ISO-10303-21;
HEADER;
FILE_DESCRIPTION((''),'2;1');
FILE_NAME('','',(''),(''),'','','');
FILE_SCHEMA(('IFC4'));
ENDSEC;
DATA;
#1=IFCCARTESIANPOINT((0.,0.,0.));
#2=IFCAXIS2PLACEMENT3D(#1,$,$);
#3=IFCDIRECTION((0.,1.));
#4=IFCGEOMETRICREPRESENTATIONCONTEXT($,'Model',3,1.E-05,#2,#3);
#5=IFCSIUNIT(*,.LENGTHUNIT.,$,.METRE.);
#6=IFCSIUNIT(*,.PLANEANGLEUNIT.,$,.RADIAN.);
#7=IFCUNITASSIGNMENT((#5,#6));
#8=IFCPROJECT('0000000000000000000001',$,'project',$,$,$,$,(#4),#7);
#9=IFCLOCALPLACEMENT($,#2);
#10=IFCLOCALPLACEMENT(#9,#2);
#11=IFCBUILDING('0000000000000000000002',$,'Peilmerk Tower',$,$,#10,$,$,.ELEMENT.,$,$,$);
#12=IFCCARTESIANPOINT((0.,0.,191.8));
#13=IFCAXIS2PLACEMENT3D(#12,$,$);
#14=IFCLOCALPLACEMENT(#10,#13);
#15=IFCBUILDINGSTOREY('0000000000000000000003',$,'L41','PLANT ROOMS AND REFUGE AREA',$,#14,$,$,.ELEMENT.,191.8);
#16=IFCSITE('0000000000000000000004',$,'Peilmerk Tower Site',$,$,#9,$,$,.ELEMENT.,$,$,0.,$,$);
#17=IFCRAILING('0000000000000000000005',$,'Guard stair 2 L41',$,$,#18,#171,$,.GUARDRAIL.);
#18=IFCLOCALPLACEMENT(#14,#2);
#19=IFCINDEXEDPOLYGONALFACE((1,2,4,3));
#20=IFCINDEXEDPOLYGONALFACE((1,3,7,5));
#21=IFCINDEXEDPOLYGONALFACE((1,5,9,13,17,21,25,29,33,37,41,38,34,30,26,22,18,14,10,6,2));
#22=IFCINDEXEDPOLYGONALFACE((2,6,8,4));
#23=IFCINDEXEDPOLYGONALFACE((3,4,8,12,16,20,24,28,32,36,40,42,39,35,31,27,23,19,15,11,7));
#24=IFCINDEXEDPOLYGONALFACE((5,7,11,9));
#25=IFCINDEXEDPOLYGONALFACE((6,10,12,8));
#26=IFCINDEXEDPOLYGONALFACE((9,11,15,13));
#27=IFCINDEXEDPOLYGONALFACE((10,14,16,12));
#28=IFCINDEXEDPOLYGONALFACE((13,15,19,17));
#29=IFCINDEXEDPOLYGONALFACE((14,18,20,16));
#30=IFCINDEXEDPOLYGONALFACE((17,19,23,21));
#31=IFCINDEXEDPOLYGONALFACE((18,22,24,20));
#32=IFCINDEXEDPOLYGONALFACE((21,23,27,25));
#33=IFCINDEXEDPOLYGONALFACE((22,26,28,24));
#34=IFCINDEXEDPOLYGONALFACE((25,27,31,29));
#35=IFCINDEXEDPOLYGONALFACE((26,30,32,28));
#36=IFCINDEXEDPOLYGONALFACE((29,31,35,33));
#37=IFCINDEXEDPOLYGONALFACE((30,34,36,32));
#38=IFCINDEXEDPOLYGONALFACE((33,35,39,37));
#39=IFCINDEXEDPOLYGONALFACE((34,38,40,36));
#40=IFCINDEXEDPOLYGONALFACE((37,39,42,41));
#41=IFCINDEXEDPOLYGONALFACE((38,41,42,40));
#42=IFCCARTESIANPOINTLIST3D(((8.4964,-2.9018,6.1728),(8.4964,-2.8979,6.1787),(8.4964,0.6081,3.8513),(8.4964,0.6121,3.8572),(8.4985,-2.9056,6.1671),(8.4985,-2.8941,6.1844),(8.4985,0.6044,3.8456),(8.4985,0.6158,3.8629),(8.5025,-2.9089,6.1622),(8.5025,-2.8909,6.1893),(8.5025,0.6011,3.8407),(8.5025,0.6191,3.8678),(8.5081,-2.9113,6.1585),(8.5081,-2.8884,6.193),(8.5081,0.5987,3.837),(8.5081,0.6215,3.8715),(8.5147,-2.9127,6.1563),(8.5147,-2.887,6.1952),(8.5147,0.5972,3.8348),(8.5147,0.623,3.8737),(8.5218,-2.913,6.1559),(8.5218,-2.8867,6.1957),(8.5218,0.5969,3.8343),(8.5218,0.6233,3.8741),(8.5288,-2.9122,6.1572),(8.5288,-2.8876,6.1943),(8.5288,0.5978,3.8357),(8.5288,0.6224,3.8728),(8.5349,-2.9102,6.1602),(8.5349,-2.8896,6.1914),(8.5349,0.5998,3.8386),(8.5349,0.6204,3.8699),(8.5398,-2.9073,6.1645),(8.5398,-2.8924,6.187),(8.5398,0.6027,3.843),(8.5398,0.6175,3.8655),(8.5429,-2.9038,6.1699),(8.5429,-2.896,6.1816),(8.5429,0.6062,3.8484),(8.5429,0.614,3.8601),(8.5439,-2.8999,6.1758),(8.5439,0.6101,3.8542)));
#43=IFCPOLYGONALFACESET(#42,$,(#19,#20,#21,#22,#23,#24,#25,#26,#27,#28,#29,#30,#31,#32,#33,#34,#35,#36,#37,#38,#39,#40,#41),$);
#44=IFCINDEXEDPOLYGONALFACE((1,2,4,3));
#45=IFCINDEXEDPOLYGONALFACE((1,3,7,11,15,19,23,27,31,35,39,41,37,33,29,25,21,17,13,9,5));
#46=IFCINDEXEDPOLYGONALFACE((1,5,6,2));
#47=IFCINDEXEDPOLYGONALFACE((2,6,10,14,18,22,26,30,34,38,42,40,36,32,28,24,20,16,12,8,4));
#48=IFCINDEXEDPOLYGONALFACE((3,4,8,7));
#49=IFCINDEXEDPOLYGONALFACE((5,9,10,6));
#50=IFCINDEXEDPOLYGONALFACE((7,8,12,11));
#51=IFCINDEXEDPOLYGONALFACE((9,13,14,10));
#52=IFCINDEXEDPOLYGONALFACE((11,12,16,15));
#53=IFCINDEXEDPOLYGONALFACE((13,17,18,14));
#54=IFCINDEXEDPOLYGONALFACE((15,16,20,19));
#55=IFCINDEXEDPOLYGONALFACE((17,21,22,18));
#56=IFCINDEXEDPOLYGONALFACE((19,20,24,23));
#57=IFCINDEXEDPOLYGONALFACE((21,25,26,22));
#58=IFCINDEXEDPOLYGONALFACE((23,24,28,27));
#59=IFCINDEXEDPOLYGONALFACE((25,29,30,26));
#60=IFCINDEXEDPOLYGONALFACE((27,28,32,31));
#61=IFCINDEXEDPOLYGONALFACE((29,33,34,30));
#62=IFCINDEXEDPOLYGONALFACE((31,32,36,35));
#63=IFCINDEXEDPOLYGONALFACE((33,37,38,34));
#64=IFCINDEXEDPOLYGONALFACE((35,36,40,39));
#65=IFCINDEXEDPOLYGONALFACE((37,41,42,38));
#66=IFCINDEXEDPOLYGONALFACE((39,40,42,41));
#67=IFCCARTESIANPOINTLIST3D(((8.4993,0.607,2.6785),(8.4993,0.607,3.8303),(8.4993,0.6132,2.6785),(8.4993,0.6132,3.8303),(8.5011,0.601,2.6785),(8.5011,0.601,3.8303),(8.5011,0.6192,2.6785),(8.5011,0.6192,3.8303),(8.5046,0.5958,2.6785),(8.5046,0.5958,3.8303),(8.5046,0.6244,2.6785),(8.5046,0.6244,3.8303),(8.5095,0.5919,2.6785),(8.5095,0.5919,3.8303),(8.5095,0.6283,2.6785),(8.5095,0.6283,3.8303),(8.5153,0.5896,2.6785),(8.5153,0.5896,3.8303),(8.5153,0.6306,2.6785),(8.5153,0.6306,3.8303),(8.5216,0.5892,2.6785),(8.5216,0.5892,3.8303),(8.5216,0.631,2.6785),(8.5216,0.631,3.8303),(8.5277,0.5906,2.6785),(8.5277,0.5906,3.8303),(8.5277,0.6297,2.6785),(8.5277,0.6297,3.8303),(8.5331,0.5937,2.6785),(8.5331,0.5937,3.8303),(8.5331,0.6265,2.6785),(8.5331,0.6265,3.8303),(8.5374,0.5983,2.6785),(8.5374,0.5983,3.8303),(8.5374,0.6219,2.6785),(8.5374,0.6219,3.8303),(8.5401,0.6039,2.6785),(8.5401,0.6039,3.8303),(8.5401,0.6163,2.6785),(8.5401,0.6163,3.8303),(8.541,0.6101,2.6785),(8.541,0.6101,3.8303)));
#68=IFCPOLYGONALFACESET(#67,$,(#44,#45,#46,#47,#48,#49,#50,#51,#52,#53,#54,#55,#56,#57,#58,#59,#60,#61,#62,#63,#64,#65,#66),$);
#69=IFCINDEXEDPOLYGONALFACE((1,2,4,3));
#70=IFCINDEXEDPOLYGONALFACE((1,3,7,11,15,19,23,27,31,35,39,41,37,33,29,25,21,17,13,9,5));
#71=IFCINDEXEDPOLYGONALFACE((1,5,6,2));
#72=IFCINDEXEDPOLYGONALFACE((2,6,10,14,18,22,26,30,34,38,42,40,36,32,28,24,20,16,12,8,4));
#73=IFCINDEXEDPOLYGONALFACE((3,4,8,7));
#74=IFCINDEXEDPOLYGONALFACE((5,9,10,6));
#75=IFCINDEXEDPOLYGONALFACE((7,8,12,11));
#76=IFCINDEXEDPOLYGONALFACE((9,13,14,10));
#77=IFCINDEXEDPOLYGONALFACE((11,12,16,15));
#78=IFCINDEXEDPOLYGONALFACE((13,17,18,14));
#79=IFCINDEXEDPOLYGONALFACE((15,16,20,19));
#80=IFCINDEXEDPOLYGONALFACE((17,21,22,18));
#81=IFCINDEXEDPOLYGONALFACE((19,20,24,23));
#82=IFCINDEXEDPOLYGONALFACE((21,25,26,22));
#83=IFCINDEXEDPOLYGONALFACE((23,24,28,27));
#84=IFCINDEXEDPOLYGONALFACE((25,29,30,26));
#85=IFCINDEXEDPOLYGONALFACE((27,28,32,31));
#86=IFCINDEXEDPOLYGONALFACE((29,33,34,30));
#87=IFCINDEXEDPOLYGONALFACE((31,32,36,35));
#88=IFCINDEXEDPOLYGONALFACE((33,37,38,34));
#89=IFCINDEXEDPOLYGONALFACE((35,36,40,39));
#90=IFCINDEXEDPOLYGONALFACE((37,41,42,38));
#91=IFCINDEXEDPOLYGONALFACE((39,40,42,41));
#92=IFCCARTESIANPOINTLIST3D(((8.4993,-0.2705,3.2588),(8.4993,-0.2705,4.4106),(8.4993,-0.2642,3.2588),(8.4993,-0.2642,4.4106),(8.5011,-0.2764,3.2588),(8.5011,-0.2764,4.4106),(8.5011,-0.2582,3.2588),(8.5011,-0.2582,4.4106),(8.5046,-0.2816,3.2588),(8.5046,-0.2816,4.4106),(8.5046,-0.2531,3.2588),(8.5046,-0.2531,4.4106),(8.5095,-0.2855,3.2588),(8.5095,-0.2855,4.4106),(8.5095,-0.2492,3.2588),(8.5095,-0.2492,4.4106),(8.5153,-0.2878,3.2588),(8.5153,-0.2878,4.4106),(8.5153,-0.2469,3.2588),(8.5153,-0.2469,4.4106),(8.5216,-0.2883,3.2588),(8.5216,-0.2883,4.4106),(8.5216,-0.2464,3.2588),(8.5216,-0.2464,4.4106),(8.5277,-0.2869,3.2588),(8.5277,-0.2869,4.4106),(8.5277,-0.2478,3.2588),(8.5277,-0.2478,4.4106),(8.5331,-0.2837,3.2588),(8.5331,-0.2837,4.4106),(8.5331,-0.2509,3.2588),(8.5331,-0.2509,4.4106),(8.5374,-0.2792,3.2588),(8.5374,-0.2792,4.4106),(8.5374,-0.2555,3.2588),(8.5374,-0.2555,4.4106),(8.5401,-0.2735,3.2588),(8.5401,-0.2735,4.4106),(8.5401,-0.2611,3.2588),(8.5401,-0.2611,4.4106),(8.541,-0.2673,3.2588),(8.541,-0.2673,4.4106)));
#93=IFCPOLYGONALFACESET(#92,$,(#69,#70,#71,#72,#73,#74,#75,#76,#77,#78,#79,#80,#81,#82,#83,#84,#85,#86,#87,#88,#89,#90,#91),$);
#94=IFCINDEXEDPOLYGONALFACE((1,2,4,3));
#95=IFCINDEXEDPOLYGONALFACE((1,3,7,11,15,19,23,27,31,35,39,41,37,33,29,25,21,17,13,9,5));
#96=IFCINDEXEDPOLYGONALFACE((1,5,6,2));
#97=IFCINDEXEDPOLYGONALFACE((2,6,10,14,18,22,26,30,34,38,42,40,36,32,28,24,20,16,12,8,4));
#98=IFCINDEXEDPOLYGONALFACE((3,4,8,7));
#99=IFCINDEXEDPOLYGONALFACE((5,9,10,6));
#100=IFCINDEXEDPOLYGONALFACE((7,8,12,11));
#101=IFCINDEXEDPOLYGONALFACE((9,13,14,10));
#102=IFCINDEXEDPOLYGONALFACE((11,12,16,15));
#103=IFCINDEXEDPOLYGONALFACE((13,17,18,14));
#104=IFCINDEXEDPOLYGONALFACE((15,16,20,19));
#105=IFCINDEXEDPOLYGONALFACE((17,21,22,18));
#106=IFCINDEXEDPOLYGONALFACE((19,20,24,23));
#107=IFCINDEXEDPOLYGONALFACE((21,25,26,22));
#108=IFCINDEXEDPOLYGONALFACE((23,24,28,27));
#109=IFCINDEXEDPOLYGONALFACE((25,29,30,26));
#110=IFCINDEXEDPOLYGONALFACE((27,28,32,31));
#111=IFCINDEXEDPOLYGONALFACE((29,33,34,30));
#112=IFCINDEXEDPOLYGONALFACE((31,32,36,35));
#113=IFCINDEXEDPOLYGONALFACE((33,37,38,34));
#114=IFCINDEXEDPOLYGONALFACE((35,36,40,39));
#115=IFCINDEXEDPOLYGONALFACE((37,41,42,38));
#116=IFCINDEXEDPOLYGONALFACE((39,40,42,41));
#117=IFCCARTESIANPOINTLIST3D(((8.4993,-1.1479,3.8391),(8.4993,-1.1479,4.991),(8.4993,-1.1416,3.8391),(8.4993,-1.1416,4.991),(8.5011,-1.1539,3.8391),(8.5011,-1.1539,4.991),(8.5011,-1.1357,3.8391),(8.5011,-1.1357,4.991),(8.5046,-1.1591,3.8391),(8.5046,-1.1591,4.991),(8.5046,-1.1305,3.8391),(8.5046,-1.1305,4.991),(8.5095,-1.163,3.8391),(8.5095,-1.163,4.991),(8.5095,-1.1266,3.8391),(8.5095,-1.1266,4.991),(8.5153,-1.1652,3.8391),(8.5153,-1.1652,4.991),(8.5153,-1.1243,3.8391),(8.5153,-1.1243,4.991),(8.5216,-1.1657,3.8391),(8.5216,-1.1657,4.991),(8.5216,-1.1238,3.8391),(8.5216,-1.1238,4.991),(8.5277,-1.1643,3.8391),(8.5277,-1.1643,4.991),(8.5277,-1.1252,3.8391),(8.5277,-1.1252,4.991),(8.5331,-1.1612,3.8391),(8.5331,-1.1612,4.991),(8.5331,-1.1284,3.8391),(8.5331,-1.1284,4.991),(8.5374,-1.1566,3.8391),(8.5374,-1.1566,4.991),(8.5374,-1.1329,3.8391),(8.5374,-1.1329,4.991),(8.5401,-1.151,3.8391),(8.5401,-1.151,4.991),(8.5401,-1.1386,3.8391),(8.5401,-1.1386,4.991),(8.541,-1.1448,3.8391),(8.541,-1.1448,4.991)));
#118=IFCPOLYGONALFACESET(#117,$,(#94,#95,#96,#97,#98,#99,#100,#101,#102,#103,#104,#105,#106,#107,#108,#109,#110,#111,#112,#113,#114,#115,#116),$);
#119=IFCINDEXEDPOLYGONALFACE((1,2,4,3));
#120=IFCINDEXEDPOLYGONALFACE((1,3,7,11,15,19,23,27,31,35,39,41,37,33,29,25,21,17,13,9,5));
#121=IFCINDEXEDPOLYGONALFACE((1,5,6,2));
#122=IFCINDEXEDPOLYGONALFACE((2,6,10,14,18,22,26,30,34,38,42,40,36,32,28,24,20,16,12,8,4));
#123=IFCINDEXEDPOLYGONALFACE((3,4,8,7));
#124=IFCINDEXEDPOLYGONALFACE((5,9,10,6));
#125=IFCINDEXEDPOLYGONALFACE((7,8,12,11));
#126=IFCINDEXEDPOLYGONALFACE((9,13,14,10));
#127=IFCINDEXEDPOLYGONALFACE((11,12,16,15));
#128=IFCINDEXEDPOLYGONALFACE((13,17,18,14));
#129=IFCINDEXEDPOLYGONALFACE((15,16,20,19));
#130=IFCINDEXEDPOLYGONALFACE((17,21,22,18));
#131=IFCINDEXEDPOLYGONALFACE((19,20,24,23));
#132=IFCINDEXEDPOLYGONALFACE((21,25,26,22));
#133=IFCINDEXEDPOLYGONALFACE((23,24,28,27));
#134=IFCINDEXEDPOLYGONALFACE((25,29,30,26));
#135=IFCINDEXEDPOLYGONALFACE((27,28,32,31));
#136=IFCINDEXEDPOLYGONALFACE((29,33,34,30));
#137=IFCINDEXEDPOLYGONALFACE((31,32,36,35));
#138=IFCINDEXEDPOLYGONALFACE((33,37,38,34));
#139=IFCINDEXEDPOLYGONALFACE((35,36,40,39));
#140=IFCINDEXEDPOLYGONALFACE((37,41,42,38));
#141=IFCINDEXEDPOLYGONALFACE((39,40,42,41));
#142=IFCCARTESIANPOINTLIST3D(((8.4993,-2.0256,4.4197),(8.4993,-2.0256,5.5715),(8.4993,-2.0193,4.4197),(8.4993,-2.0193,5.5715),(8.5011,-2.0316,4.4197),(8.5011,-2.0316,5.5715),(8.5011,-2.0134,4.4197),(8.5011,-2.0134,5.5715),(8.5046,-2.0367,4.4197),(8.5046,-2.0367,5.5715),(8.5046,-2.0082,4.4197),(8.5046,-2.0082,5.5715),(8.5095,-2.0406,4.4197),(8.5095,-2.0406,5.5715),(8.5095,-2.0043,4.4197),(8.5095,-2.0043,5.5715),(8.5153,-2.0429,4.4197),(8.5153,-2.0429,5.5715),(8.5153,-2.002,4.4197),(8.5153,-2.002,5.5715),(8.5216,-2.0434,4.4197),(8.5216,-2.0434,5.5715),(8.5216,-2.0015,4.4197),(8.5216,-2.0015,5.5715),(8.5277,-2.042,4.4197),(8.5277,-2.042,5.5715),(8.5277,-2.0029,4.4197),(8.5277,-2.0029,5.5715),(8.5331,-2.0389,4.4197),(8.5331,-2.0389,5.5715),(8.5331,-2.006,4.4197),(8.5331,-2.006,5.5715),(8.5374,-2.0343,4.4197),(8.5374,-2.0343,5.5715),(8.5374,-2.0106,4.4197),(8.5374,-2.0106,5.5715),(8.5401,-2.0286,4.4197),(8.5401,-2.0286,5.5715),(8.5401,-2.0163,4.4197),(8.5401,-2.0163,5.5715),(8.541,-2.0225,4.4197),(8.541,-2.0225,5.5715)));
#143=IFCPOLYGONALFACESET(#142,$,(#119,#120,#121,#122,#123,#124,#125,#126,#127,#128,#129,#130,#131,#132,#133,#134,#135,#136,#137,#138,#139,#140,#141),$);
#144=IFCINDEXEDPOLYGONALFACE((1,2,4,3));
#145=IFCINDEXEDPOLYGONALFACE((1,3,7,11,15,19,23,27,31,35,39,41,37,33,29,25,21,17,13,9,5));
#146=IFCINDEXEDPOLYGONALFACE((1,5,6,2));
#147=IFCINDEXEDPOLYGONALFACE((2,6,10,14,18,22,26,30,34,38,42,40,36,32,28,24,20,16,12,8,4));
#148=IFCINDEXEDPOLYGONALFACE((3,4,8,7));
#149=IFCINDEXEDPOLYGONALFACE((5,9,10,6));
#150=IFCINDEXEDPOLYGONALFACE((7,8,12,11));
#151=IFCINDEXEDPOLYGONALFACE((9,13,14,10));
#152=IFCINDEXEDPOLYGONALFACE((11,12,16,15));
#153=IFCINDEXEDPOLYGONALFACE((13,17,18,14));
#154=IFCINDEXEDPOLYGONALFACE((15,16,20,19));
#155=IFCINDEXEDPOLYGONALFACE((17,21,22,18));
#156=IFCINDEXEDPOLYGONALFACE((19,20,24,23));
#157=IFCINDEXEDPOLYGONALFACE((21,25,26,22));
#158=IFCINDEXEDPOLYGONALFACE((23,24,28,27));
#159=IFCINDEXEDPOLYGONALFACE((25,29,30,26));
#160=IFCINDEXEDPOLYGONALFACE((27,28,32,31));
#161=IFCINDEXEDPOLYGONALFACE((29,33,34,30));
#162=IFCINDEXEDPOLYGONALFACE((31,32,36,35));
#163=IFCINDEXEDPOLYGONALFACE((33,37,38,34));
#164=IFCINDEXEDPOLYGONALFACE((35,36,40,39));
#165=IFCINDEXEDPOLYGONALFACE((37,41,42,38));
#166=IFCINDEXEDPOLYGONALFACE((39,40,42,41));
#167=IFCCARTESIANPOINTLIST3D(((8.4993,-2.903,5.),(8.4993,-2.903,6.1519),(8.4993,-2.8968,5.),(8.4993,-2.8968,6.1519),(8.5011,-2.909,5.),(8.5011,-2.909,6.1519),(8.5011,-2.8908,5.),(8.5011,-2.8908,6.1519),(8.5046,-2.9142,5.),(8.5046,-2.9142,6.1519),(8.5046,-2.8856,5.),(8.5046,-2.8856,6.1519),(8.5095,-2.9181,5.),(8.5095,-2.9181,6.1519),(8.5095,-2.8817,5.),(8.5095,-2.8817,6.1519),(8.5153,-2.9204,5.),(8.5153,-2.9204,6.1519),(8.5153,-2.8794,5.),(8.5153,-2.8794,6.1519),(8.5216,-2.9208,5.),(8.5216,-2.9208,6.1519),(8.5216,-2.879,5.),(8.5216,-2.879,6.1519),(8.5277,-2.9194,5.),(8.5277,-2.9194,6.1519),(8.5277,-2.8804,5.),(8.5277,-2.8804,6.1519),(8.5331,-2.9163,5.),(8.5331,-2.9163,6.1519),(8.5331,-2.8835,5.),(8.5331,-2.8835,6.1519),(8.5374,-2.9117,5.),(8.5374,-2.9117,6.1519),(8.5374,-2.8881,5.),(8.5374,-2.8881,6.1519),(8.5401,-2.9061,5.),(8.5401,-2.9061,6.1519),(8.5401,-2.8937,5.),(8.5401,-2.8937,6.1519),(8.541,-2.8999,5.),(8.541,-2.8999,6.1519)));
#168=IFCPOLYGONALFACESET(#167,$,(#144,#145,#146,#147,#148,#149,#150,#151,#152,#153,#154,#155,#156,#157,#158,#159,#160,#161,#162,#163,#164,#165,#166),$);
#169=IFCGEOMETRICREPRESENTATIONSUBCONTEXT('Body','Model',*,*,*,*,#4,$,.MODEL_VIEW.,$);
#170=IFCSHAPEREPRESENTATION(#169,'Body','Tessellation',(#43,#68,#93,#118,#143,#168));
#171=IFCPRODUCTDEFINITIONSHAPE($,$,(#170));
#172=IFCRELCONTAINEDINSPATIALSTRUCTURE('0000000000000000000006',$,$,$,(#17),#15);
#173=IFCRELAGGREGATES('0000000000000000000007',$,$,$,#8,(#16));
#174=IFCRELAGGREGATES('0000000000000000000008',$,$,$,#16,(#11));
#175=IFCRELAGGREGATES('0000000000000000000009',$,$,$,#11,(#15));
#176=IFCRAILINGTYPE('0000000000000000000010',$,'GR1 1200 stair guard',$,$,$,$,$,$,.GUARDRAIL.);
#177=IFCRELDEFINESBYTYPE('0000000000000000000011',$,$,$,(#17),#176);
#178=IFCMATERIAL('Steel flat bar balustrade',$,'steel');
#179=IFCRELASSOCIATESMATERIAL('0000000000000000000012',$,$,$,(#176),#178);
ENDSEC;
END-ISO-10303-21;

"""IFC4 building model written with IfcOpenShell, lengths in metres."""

from ifc_helpers import new_model, si_unit, direction, frame, origin, origin_2d, place, context, subcontext, project, spatial, circle, extrude, material, type_object, element, save


model = new_model("IFC4")

# Units and contexts
model_context = context("Model", 3, precision=1e-05, world=origin(), true_north=direction((0.0, 1.0)))
body_context = subcontext(model_context, "Body", "Model", "MODEL_VIEW")
ifc_project = project(units=[si_unit("LENGTHUNIT", "METRE"), si_unit("PLANEANGLEUNIT", "RADIAN")], contexts=[model_context])

# Site, building, storey
site_placement = place(None, origin())
site = spatial("IfcSite", under=ifc_project, at=site_placement, Name="Peilmerk Tower Site", CompositionType="ELEMENT", RefElevation=0.0)
building_placement = place(site_placement, origin())
building = spatial("IfcBuilding", under=site, at=building_placement, Name="Peilmerk Tower", CompositionType="ELEMENT")
storey_placement = place(building_placement, frame((0.0, 0.0, 191.8)))
storey = spatial("IfcBuildingStorey", under=building, at=storey_placement, Name="L41", Description="PLANT ROOMS AND REFUGE AREA", CompositionType="ELEMENT", Elevation=191.8)

# Railing
ifc_material_1 = material(Name="Steel flat bar balustrade", Category="steel")
railing_type_1 = type_object("IfcRailingType", Name="GR1 1200 stair guard", PredefinedType="GUARDRAIL", material=ifc_material_1)
railing_1_placement = place(storey_placement, frame((8.52, 0.6101, 2.6785)))
element("IfcRailing", 1, at=railing_1_placement, inside=storey, type_object=railing_type_1, Name="Guard stair 2 L41", PredefinedType="GUARDRAIL", context=body_context, shape_type="SweptSolid", body=[
    extrude(circle(Radius=0.0239, at=origin_2d()), frame((0.0, 0.0, 1.1758), z_axis=(0.0, -0.834071, 0.551657), x_axis=(1.0, 0.0, 0.0)), (0.0, 0.0, 1.0), 4.2083),
    extrude(circle(Radius=0.021, at=origin_2d()), origin(), (0.0, 0.0, 1.0), 1.1519),
    extrude(circle(Radius=0.021, at=origin_2d()), frame((0.0, -0.8774, 0.5803)), (0.0, 0.0, 1.0), 1.1519),
    extrude(circle(Radius=0.021, at=origin_2d()), frame((0.0, -1.7549, 1.1606)), (0.0, 0.0, 1.0), 1.1519),
    extrude(circle(Radius=0.021, at=origin_2d()), frame((0.0, -2.6326, 1.7412)), (0.0, 0.0, 1.0), 1.1519),
    extrude(circle(Radius=0.021, at=origin_2d()), frame((0.0, -3.51, 2.3215)), (0.0, 0.0, 1.0), 1.1519),
])

save(model, "model.ifc")
